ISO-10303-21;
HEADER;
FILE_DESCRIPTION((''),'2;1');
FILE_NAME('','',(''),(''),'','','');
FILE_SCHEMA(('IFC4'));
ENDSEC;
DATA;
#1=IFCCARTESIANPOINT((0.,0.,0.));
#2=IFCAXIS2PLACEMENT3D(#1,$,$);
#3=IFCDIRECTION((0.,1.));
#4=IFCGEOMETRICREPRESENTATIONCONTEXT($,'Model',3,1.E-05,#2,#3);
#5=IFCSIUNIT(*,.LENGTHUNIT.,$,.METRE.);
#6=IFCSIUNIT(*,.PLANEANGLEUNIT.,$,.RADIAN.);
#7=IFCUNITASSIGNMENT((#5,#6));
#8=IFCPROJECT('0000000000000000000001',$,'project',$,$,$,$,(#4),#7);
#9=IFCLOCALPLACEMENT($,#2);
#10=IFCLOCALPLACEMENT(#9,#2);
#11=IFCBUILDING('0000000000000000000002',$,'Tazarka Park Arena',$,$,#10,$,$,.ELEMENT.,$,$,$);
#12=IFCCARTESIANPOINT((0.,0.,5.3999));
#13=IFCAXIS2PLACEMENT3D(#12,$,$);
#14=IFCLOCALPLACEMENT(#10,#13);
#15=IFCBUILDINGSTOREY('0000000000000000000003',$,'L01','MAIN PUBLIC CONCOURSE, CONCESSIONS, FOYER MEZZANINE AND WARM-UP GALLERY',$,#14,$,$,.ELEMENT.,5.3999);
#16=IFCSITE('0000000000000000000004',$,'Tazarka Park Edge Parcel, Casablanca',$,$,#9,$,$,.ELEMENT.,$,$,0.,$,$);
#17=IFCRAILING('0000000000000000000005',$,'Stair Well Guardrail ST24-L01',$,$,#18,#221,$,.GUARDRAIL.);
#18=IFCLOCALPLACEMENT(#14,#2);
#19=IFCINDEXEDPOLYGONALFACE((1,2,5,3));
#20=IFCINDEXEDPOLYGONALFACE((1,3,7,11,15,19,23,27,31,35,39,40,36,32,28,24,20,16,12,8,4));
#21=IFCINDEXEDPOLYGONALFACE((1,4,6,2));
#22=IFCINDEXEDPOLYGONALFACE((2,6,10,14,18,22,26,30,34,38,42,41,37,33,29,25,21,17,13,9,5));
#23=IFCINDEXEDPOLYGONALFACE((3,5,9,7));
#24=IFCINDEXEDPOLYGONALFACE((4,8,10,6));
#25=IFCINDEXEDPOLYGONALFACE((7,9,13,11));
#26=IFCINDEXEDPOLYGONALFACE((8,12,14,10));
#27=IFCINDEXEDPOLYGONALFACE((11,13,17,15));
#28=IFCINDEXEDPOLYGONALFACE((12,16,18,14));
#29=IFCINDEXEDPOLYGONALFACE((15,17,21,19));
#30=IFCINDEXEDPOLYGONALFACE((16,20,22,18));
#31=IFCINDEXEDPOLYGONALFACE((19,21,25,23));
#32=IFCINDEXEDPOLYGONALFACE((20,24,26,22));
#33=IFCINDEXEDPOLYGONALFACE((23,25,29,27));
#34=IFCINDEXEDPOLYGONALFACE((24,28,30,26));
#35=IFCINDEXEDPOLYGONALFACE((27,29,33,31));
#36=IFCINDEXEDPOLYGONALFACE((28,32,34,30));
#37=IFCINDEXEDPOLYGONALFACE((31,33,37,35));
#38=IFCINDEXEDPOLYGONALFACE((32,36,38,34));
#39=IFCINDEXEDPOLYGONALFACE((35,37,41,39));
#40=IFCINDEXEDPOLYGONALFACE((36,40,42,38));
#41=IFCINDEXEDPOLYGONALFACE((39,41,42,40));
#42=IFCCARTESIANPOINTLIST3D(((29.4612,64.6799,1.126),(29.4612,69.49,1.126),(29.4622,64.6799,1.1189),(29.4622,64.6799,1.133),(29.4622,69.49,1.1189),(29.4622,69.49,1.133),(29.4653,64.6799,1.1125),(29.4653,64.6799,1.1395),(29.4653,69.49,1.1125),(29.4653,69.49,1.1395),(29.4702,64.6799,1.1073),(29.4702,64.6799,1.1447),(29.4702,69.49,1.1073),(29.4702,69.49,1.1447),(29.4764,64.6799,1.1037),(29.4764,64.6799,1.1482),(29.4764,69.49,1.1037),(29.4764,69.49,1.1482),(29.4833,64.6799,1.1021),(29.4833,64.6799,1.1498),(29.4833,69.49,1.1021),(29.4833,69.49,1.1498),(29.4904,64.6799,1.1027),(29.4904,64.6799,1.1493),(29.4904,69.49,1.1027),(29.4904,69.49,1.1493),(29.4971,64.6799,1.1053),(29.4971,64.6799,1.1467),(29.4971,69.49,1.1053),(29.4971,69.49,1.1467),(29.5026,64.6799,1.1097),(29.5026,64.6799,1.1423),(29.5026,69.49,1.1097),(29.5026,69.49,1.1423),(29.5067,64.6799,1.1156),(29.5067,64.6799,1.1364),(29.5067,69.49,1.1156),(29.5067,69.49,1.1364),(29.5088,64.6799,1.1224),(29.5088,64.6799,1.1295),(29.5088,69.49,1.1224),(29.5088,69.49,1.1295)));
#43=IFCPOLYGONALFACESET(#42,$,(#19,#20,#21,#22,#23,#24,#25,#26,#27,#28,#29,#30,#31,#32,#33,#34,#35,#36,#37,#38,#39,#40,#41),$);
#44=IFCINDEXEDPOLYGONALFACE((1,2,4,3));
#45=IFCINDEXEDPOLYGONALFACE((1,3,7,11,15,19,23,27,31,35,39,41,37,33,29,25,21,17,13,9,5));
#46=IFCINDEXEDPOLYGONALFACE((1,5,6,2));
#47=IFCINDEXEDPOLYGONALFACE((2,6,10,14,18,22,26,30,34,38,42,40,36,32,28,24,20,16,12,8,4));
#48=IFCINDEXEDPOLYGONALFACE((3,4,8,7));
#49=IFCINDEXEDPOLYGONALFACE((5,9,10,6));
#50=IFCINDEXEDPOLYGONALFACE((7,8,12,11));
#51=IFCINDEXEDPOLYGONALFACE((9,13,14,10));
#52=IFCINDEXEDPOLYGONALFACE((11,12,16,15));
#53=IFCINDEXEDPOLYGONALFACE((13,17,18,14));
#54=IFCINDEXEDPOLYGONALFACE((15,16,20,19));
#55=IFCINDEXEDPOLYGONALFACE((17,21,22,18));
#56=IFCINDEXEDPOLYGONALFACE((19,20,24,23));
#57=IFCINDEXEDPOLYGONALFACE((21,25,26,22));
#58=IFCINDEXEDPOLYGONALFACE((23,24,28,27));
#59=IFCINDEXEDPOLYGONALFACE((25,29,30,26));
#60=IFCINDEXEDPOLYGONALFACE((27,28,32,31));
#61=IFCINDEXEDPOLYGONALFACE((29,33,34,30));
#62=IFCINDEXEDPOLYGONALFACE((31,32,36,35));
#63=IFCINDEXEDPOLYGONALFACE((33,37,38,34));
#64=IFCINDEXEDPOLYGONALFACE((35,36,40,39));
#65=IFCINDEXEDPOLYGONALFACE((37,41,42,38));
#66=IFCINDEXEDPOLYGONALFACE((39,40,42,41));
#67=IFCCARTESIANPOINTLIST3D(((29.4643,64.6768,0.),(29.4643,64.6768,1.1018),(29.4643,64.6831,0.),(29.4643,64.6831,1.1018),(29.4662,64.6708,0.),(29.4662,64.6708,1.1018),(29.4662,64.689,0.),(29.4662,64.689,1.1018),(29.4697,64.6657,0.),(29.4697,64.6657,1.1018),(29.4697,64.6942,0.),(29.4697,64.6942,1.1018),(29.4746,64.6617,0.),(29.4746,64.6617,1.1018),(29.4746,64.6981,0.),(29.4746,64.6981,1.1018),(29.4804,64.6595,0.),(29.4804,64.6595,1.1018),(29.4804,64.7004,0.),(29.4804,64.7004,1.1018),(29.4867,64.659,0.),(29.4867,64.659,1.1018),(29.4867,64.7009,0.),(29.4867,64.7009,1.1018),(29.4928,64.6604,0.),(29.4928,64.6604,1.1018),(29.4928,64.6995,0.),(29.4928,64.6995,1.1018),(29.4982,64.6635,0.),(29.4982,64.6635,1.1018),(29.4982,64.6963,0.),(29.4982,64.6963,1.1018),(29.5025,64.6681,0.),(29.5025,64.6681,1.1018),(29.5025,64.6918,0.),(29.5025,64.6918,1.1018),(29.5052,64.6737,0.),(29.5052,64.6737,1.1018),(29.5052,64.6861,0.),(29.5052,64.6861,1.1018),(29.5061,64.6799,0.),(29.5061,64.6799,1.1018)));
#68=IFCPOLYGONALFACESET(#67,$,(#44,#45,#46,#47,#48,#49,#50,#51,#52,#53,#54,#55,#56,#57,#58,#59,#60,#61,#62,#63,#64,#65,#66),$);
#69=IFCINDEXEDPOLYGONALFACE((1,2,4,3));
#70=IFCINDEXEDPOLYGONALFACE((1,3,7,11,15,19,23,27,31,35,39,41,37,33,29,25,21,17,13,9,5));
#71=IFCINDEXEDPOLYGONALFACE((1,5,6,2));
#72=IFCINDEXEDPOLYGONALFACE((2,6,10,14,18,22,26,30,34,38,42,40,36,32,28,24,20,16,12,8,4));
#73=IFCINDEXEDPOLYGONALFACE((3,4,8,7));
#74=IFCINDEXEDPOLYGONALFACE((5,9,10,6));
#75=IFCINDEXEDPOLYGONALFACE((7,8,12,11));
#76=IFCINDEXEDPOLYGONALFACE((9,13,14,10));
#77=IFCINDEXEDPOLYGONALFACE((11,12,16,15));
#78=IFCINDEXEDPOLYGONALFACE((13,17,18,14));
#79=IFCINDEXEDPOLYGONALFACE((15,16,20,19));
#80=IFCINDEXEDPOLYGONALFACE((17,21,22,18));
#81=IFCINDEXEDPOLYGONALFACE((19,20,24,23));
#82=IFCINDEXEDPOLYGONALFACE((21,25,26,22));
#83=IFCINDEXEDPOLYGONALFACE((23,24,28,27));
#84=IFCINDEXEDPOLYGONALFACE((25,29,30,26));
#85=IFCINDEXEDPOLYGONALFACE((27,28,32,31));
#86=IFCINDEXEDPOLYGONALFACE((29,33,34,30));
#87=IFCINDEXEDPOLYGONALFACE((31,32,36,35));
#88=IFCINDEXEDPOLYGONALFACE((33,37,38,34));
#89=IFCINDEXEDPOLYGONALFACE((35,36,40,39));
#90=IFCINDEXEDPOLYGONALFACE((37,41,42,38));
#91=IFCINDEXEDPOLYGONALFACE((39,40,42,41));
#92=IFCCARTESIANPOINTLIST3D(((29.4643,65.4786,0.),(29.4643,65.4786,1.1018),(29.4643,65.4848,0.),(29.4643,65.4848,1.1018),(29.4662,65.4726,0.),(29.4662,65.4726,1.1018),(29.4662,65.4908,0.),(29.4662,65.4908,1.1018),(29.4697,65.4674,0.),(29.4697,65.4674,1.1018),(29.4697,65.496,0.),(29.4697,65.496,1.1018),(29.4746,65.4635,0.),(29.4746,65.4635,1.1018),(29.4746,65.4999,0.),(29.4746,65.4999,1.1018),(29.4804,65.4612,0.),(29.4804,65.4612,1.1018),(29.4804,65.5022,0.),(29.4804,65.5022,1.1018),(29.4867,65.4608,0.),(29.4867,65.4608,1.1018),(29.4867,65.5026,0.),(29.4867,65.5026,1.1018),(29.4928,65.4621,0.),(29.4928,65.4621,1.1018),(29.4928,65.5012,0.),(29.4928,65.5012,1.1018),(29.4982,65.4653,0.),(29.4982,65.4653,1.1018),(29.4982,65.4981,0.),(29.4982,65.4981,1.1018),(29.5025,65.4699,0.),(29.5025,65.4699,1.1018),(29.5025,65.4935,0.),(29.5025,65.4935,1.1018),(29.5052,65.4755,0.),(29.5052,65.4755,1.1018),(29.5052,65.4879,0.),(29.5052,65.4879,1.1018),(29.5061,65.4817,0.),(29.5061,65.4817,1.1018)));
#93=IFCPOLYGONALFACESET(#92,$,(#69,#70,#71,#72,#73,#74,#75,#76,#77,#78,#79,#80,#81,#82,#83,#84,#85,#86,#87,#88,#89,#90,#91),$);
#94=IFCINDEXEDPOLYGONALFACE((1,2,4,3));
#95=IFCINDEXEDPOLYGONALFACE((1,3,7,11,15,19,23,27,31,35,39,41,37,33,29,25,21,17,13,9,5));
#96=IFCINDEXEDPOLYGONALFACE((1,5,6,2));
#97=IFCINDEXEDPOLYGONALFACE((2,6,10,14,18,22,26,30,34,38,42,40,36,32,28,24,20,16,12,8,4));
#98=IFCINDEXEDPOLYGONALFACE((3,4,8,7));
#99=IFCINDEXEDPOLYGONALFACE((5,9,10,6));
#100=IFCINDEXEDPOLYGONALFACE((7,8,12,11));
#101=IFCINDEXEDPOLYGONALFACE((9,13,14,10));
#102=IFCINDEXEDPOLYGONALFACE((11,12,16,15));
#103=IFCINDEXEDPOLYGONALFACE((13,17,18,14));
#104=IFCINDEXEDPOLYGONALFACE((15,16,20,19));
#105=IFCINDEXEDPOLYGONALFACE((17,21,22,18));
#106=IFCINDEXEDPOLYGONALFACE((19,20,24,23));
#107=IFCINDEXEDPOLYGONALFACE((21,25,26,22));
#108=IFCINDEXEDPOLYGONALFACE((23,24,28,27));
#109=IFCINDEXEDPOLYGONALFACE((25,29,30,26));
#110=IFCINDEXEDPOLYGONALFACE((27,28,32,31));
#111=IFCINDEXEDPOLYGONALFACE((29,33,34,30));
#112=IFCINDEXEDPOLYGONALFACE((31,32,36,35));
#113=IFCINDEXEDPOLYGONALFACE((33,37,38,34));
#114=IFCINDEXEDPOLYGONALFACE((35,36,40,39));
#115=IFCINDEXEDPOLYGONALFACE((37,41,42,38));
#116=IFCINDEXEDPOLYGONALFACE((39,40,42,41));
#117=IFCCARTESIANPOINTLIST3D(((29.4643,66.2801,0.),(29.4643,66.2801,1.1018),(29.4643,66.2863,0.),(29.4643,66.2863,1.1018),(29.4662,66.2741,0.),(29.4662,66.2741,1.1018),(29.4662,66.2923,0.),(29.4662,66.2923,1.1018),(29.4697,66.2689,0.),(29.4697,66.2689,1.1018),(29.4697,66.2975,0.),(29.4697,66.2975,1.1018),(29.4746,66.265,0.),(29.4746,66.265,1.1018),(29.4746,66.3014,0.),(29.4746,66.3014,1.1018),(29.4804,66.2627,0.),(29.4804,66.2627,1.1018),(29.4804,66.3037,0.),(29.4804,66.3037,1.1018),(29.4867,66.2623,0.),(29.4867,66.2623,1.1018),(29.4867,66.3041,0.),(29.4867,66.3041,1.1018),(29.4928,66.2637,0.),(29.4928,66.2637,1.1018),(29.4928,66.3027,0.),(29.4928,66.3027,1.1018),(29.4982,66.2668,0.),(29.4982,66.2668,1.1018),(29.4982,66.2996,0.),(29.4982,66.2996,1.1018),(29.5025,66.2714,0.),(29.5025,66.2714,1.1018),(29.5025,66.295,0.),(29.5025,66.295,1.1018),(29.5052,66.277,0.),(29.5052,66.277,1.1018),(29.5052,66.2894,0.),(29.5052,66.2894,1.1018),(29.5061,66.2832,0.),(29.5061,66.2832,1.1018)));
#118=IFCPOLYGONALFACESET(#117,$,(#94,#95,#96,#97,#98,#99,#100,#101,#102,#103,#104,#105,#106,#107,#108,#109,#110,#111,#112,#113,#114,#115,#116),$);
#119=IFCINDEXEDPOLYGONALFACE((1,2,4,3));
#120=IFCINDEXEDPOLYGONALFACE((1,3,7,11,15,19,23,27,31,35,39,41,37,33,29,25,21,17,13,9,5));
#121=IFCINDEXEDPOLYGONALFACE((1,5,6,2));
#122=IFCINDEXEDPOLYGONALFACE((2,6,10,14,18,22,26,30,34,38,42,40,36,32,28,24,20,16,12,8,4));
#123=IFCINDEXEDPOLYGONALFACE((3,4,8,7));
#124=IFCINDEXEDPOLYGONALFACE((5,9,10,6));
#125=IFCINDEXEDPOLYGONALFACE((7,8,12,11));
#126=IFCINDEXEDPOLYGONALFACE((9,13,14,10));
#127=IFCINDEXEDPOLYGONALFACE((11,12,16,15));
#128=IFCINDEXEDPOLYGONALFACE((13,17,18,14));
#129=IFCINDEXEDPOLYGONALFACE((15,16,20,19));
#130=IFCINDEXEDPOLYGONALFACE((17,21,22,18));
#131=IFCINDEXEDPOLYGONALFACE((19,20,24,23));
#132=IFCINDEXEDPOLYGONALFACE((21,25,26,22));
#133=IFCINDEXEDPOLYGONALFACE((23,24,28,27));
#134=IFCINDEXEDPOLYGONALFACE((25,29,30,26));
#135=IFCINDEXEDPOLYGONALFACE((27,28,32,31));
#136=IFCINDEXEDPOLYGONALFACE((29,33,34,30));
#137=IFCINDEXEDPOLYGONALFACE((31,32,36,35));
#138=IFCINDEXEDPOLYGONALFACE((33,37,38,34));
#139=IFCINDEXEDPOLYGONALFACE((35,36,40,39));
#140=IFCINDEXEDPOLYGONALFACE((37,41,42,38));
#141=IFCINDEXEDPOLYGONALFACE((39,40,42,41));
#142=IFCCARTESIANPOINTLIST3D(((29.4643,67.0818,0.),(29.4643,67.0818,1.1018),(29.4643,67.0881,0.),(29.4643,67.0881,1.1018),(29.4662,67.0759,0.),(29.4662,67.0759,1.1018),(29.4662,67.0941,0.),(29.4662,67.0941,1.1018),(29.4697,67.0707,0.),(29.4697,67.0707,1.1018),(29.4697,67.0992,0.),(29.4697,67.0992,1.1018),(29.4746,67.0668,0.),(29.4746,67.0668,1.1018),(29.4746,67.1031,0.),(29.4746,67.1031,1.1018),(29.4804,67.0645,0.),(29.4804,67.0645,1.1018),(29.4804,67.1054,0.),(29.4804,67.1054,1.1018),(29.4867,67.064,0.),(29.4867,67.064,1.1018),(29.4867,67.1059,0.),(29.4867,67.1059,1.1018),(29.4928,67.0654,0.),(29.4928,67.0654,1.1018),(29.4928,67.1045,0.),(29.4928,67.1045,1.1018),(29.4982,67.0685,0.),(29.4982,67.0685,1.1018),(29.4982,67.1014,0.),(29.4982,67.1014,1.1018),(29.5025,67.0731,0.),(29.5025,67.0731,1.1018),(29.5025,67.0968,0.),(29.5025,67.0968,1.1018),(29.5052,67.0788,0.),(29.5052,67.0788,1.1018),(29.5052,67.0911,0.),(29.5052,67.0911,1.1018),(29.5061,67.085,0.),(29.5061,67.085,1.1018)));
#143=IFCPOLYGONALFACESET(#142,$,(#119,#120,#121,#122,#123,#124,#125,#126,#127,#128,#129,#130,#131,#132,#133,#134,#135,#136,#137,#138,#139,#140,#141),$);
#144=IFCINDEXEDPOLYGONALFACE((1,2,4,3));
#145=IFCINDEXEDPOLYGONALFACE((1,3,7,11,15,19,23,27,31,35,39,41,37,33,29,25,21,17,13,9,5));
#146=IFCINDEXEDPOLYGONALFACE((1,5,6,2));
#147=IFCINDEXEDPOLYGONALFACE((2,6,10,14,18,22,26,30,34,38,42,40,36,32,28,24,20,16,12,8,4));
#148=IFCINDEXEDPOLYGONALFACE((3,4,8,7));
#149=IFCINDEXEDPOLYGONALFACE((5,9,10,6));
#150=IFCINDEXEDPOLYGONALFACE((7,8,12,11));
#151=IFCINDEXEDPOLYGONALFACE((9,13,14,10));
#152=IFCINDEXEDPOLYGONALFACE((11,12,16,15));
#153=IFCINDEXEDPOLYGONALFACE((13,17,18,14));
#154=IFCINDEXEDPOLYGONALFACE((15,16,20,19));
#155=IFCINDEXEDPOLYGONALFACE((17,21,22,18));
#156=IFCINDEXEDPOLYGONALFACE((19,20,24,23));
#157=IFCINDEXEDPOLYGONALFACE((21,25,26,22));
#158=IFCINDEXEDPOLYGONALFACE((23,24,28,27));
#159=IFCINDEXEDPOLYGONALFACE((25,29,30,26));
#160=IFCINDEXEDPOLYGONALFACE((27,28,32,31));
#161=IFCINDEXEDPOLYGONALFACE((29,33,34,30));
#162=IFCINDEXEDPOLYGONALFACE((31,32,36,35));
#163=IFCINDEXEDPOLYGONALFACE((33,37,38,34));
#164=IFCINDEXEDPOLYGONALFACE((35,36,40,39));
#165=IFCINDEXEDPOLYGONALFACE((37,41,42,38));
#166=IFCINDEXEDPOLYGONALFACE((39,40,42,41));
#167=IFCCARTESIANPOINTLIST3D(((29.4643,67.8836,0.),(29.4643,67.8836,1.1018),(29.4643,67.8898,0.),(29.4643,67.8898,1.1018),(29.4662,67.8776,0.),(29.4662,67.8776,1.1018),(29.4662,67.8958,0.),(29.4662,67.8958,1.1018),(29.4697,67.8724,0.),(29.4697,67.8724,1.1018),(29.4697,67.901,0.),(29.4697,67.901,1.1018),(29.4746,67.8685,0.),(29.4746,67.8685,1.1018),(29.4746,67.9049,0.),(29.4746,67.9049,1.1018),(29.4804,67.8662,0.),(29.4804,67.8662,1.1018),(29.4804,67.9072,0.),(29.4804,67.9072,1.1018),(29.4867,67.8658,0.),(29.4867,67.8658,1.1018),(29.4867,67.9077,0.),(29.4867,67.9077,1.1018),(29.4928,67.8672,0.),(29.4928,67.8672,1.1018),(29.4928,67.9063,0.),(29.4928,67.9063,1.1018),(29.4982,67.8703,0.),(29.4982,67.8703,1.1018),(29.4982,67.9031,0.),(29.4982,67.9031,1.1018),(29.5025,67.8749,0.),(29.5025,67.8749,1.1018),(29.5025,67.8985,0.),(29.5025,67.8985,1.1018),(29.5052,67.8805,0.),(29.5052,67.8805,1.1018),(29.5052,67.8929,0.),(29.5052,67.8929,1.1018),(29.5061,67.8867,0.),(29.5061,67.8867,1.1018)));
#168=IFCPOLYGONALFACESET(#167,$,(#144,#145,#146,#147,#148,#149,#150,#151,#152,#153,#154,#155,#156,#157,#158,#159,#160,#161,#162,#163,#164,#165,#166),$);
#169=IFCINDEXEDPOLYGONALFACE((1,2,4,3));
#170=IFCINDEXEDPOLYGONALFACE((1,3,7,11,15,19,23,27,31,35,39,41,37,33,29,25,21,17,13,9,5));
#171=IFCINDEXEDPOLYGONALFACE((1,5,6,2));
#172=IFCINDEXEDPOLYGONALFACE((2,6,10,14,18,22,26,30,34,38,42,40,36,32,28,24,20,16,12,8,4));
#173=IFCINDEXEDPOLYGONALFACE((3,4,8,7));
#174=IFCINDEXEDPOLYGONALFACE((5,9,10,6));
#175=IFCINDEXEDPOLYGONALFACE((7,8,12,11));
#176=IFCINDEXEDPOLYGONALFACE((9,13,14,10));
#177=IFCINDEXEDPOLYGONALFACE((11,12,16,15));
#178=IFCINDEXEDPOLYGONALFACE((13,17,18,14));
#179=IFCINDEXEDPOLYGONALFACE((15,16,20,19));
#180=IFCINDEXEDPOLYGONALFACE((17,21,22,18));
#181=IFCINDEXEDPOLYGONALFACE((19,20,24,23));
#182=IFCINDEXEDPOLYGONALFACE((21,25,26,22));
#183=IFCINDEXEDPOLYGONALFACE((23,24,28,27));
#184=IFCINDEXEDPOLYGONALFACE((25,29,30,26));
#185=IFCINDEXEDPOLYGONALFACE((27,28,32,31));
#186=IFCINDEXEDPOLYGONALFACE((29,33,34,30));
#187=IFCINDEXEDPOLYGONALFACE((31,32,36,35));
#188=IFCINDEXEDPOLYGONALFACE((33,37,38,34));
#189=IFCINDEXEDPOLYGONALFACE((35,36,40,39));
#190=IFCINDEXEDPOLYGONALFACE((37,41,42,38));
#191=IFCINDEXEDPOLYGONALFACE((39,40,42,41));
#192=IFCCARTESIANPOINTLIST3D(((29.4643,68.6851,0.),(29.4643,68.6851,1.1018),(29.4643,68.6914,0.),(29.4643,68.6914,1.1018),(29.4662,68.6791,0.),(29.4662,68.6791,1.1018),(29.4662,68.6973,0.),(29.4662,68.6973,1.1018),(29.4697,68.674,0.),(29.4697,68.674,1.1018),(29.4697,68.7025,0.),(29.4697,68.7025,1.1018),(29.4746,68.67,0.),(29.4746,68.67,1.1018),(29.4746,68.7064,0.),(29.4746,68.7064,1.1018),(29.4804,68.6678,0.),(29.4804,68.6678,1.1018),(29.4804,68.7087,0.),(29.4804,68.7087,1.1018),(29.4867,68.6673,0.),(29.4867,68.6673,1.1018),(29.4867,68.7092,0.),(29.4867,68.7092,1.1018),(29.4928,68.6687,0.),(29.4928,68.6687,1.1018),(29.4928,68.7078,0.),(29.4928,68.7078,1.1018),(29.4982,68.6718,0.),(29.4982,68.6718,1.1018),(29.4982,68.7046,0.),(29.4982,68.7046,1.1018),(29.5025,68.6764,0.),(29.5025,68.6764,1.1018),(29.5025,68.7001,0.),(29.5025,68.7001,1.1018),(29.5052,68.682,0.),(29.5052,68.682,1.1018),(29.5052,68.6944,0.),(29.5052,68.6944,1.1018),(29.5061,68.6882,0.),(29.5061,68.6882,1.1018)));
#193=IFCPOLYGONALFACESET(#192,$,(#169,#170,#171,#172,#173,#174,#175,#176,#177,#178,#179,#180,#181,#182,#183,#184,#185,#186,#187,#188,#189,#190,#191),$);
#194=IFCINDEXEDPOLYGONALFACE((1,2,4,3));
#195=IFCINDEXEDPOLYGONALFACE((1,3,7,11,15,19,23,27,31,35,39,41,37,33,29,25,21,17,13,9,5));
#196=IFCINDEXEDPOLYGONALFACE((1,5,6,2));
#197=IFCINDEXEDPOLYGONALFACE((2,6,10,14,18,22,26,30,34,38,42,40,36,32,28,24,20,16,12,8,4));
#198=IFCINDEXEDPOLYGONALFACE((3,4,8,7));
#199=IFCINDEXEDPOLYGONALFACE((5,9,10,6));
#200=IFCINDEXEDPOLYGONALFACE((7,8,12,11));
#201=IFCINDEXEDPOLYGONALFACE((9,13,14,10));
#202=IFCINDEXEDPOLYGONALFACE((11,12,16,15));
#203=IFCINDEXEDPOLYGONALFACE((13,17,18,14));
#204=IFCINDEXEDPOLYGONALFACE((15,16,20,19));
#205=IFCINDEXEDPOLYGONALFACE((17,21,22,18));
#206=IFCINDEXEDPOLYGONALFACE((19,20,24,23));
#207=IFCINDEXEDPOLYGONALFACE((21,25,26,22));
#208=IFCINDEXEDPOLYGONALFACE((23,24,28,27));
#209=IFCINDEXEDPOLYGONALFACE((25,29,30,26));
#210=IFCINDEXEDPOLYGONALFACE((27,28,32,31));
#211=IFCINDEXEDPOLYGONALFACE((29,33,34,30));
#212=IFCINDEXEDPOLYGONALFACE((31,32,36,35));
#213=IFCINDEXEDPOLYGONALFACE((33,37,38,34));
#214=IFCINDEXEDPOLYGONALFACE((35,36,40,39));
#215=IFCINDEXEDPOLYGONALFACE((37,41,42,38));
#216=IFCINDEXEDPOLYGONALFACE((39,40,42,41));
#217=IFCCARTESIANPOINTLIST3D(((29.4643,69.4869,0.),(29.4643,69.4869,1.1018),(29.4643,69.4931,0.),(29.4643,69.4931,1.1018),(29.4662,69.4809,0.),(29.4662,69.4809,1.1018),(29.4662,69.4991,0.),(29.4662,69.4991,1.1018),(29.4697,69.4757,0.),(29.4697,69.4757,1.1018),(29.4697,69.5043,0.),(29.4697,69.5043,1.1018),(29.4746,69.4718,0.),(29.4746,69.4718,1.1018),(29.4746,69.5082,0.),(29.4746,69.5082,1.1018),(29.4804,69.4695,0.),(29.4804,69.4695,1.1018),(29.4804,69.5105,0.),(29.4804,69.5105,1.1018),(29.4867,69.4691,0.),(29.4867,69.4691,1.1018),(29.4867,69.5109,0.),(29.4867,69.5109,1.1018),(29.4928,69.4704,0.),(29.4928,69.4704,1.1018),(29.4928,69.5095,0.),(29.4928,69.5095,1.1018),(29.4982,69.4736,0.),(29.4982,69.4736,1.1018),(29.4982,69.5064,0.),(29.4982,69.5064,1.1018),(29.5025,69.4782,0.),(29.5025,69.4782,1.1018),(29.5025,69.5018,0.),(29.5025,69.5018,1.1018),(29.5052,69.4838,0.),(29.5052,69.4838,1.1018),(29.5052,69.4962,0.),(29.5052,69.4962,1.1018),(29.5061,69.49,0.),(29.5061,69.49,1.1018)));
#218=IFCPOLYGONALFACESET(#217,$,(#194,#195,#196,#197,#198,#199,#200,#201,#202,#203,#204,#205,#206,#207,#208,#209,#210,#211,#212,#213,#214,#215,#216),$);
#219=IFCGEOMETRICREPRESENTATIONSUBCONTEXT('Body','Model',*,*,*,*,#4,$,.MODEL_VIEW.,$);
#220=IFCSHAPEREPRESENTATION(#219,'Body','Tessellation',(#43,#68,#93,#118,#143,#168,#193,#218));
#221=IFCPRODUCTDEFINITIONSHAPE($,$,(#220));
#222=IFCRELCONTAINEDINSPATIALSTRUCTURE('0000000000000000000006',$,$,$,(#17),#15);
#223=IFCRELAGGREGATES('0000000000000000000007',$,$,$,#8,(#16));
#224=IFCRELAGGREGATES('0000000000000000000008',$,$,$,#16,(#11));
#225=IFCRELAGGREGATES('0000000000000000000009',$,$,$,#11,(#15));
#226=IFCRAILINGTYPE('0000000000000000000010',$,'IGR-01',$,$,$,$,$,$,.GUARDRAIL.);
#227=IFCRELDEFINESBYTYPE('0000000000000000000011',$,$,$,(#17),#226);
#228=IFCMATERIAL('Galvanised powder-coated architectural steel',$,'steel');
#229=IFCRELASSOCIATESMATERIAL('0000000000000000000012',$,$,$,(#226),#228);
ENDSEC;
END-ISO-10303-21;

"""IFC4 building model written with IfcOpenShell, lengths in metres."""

from ifc_helpers import new_model, si_unit, direction, frame, origin, origin_2d, place, context, subcontext, project, spatial, circle, extrude, material, type_object, element, save


model = new_model("IFC4")

# Units and contexts
model_context = context("Model", 3, precision=1e-05, world=origin(), true_north=direction((0.0, 1.0)))
body_context = subcontext(model_context, "Body", "Model", "MODEL_VIEW")
ifc_project = project(units=[si_unit("LENGTHUNIT", "METRE"), si_unit("PLANEANGLEUNIT", "RADIAN")], contexts=[model_context])

# Site, building, storey
site_placement = place(None, origin())
site = spatial("IfcSite", under=ifc_project, at=site_placement, Name="Tazarka Park Edge Parcel, Casablanca", CompositionType="ELEMENT", RefElevation=0.0)
building_placement = place(site_placement, origin())
building = spatial("IfcBuilding", under=site, at=building_placement, Name="Tazarka Park Arena", CompositionType="ELEMENT")
storey_placement = place(building_placement, frame((0.0, 0.0, 5.3999)))
storey = spatial("IfcBuildingStorey", under=building, at=storey_placement, Name="L01", Description="MAIN PUBLIC CONCOURSE, CONCESSIONS, FOYER MEZZANINE AND WARM-UP GALLERY", CompositionType="ELEMENT", Elevation=5.3999)

# Railing
ifc_material_1 = material(Name="Galvanised powder-coated architectural steel", Category="steel")
railing_type = type_object("IfcRailingType", Name="IGR-01", PredefinedType="GUARDRAIL", material=ifc_material_1)
railing_1_placement = place(storey_placement, frame((29.4851, 64.6799, 0.0)))
element("IfcRailing", 1, at=railing_1_placement, inside=storey, type_object=railing_type, Name="Stair Well Guardrail ST24-L01", PredefinedType="GUARDRAIL", context=body_context, shape_type="SweptSolid", body=[
    extrude(circle(Radius=0.0239, at=origin_2d()), frame((0.0, 0.0, 1.126), z_axis=(0.0, 1.0, 0.0), x_axis=(-1.0, 0.0, 0.0)), (0.0, 0.0, 1.0), 4.8101),
    extrude(circle(Radius=0.021, at=origin_2d()), origin(), (0.0, 0.0, 1.0), 1.1018),
    extrude(circle(Radius=0.021, at=origin_2d()), frame((0.0, 0.8018, 0.0)), (0.0, 0.0, 1.0), 1.1018),
    extrude(circle(Radius=0.021, at=origin_2d()), frame((0.0, 1.6033, 0.0)), (0.0, 0.0, 1.0), 1.1018),
    extrude(circle(Radius=0.021, at=origin_2d()), frame((0.0, 2.405, 0.0)), (0.0, 0.0, 1.0), 1.1018),
    extrude(circle(Radius=0.021, at=origin_2d()), frame((0.0, 3.2068, 0.0)), (0.0, 0.0, 1.0), 1.1018),
    extrude(circle(Radius=0.021, at=origin_2d()), frame((0.0, 4.0083, 0.0)), (0.0, 0.0, 1.0), 1.1018),
    extrude(circle(Radius=0.021, at=origin_2d()), frame((0.0, 4.8101, 0.0)), (0.0, 0.0, 1.0), 1.1018),
])

save(model, "model.ifc")
